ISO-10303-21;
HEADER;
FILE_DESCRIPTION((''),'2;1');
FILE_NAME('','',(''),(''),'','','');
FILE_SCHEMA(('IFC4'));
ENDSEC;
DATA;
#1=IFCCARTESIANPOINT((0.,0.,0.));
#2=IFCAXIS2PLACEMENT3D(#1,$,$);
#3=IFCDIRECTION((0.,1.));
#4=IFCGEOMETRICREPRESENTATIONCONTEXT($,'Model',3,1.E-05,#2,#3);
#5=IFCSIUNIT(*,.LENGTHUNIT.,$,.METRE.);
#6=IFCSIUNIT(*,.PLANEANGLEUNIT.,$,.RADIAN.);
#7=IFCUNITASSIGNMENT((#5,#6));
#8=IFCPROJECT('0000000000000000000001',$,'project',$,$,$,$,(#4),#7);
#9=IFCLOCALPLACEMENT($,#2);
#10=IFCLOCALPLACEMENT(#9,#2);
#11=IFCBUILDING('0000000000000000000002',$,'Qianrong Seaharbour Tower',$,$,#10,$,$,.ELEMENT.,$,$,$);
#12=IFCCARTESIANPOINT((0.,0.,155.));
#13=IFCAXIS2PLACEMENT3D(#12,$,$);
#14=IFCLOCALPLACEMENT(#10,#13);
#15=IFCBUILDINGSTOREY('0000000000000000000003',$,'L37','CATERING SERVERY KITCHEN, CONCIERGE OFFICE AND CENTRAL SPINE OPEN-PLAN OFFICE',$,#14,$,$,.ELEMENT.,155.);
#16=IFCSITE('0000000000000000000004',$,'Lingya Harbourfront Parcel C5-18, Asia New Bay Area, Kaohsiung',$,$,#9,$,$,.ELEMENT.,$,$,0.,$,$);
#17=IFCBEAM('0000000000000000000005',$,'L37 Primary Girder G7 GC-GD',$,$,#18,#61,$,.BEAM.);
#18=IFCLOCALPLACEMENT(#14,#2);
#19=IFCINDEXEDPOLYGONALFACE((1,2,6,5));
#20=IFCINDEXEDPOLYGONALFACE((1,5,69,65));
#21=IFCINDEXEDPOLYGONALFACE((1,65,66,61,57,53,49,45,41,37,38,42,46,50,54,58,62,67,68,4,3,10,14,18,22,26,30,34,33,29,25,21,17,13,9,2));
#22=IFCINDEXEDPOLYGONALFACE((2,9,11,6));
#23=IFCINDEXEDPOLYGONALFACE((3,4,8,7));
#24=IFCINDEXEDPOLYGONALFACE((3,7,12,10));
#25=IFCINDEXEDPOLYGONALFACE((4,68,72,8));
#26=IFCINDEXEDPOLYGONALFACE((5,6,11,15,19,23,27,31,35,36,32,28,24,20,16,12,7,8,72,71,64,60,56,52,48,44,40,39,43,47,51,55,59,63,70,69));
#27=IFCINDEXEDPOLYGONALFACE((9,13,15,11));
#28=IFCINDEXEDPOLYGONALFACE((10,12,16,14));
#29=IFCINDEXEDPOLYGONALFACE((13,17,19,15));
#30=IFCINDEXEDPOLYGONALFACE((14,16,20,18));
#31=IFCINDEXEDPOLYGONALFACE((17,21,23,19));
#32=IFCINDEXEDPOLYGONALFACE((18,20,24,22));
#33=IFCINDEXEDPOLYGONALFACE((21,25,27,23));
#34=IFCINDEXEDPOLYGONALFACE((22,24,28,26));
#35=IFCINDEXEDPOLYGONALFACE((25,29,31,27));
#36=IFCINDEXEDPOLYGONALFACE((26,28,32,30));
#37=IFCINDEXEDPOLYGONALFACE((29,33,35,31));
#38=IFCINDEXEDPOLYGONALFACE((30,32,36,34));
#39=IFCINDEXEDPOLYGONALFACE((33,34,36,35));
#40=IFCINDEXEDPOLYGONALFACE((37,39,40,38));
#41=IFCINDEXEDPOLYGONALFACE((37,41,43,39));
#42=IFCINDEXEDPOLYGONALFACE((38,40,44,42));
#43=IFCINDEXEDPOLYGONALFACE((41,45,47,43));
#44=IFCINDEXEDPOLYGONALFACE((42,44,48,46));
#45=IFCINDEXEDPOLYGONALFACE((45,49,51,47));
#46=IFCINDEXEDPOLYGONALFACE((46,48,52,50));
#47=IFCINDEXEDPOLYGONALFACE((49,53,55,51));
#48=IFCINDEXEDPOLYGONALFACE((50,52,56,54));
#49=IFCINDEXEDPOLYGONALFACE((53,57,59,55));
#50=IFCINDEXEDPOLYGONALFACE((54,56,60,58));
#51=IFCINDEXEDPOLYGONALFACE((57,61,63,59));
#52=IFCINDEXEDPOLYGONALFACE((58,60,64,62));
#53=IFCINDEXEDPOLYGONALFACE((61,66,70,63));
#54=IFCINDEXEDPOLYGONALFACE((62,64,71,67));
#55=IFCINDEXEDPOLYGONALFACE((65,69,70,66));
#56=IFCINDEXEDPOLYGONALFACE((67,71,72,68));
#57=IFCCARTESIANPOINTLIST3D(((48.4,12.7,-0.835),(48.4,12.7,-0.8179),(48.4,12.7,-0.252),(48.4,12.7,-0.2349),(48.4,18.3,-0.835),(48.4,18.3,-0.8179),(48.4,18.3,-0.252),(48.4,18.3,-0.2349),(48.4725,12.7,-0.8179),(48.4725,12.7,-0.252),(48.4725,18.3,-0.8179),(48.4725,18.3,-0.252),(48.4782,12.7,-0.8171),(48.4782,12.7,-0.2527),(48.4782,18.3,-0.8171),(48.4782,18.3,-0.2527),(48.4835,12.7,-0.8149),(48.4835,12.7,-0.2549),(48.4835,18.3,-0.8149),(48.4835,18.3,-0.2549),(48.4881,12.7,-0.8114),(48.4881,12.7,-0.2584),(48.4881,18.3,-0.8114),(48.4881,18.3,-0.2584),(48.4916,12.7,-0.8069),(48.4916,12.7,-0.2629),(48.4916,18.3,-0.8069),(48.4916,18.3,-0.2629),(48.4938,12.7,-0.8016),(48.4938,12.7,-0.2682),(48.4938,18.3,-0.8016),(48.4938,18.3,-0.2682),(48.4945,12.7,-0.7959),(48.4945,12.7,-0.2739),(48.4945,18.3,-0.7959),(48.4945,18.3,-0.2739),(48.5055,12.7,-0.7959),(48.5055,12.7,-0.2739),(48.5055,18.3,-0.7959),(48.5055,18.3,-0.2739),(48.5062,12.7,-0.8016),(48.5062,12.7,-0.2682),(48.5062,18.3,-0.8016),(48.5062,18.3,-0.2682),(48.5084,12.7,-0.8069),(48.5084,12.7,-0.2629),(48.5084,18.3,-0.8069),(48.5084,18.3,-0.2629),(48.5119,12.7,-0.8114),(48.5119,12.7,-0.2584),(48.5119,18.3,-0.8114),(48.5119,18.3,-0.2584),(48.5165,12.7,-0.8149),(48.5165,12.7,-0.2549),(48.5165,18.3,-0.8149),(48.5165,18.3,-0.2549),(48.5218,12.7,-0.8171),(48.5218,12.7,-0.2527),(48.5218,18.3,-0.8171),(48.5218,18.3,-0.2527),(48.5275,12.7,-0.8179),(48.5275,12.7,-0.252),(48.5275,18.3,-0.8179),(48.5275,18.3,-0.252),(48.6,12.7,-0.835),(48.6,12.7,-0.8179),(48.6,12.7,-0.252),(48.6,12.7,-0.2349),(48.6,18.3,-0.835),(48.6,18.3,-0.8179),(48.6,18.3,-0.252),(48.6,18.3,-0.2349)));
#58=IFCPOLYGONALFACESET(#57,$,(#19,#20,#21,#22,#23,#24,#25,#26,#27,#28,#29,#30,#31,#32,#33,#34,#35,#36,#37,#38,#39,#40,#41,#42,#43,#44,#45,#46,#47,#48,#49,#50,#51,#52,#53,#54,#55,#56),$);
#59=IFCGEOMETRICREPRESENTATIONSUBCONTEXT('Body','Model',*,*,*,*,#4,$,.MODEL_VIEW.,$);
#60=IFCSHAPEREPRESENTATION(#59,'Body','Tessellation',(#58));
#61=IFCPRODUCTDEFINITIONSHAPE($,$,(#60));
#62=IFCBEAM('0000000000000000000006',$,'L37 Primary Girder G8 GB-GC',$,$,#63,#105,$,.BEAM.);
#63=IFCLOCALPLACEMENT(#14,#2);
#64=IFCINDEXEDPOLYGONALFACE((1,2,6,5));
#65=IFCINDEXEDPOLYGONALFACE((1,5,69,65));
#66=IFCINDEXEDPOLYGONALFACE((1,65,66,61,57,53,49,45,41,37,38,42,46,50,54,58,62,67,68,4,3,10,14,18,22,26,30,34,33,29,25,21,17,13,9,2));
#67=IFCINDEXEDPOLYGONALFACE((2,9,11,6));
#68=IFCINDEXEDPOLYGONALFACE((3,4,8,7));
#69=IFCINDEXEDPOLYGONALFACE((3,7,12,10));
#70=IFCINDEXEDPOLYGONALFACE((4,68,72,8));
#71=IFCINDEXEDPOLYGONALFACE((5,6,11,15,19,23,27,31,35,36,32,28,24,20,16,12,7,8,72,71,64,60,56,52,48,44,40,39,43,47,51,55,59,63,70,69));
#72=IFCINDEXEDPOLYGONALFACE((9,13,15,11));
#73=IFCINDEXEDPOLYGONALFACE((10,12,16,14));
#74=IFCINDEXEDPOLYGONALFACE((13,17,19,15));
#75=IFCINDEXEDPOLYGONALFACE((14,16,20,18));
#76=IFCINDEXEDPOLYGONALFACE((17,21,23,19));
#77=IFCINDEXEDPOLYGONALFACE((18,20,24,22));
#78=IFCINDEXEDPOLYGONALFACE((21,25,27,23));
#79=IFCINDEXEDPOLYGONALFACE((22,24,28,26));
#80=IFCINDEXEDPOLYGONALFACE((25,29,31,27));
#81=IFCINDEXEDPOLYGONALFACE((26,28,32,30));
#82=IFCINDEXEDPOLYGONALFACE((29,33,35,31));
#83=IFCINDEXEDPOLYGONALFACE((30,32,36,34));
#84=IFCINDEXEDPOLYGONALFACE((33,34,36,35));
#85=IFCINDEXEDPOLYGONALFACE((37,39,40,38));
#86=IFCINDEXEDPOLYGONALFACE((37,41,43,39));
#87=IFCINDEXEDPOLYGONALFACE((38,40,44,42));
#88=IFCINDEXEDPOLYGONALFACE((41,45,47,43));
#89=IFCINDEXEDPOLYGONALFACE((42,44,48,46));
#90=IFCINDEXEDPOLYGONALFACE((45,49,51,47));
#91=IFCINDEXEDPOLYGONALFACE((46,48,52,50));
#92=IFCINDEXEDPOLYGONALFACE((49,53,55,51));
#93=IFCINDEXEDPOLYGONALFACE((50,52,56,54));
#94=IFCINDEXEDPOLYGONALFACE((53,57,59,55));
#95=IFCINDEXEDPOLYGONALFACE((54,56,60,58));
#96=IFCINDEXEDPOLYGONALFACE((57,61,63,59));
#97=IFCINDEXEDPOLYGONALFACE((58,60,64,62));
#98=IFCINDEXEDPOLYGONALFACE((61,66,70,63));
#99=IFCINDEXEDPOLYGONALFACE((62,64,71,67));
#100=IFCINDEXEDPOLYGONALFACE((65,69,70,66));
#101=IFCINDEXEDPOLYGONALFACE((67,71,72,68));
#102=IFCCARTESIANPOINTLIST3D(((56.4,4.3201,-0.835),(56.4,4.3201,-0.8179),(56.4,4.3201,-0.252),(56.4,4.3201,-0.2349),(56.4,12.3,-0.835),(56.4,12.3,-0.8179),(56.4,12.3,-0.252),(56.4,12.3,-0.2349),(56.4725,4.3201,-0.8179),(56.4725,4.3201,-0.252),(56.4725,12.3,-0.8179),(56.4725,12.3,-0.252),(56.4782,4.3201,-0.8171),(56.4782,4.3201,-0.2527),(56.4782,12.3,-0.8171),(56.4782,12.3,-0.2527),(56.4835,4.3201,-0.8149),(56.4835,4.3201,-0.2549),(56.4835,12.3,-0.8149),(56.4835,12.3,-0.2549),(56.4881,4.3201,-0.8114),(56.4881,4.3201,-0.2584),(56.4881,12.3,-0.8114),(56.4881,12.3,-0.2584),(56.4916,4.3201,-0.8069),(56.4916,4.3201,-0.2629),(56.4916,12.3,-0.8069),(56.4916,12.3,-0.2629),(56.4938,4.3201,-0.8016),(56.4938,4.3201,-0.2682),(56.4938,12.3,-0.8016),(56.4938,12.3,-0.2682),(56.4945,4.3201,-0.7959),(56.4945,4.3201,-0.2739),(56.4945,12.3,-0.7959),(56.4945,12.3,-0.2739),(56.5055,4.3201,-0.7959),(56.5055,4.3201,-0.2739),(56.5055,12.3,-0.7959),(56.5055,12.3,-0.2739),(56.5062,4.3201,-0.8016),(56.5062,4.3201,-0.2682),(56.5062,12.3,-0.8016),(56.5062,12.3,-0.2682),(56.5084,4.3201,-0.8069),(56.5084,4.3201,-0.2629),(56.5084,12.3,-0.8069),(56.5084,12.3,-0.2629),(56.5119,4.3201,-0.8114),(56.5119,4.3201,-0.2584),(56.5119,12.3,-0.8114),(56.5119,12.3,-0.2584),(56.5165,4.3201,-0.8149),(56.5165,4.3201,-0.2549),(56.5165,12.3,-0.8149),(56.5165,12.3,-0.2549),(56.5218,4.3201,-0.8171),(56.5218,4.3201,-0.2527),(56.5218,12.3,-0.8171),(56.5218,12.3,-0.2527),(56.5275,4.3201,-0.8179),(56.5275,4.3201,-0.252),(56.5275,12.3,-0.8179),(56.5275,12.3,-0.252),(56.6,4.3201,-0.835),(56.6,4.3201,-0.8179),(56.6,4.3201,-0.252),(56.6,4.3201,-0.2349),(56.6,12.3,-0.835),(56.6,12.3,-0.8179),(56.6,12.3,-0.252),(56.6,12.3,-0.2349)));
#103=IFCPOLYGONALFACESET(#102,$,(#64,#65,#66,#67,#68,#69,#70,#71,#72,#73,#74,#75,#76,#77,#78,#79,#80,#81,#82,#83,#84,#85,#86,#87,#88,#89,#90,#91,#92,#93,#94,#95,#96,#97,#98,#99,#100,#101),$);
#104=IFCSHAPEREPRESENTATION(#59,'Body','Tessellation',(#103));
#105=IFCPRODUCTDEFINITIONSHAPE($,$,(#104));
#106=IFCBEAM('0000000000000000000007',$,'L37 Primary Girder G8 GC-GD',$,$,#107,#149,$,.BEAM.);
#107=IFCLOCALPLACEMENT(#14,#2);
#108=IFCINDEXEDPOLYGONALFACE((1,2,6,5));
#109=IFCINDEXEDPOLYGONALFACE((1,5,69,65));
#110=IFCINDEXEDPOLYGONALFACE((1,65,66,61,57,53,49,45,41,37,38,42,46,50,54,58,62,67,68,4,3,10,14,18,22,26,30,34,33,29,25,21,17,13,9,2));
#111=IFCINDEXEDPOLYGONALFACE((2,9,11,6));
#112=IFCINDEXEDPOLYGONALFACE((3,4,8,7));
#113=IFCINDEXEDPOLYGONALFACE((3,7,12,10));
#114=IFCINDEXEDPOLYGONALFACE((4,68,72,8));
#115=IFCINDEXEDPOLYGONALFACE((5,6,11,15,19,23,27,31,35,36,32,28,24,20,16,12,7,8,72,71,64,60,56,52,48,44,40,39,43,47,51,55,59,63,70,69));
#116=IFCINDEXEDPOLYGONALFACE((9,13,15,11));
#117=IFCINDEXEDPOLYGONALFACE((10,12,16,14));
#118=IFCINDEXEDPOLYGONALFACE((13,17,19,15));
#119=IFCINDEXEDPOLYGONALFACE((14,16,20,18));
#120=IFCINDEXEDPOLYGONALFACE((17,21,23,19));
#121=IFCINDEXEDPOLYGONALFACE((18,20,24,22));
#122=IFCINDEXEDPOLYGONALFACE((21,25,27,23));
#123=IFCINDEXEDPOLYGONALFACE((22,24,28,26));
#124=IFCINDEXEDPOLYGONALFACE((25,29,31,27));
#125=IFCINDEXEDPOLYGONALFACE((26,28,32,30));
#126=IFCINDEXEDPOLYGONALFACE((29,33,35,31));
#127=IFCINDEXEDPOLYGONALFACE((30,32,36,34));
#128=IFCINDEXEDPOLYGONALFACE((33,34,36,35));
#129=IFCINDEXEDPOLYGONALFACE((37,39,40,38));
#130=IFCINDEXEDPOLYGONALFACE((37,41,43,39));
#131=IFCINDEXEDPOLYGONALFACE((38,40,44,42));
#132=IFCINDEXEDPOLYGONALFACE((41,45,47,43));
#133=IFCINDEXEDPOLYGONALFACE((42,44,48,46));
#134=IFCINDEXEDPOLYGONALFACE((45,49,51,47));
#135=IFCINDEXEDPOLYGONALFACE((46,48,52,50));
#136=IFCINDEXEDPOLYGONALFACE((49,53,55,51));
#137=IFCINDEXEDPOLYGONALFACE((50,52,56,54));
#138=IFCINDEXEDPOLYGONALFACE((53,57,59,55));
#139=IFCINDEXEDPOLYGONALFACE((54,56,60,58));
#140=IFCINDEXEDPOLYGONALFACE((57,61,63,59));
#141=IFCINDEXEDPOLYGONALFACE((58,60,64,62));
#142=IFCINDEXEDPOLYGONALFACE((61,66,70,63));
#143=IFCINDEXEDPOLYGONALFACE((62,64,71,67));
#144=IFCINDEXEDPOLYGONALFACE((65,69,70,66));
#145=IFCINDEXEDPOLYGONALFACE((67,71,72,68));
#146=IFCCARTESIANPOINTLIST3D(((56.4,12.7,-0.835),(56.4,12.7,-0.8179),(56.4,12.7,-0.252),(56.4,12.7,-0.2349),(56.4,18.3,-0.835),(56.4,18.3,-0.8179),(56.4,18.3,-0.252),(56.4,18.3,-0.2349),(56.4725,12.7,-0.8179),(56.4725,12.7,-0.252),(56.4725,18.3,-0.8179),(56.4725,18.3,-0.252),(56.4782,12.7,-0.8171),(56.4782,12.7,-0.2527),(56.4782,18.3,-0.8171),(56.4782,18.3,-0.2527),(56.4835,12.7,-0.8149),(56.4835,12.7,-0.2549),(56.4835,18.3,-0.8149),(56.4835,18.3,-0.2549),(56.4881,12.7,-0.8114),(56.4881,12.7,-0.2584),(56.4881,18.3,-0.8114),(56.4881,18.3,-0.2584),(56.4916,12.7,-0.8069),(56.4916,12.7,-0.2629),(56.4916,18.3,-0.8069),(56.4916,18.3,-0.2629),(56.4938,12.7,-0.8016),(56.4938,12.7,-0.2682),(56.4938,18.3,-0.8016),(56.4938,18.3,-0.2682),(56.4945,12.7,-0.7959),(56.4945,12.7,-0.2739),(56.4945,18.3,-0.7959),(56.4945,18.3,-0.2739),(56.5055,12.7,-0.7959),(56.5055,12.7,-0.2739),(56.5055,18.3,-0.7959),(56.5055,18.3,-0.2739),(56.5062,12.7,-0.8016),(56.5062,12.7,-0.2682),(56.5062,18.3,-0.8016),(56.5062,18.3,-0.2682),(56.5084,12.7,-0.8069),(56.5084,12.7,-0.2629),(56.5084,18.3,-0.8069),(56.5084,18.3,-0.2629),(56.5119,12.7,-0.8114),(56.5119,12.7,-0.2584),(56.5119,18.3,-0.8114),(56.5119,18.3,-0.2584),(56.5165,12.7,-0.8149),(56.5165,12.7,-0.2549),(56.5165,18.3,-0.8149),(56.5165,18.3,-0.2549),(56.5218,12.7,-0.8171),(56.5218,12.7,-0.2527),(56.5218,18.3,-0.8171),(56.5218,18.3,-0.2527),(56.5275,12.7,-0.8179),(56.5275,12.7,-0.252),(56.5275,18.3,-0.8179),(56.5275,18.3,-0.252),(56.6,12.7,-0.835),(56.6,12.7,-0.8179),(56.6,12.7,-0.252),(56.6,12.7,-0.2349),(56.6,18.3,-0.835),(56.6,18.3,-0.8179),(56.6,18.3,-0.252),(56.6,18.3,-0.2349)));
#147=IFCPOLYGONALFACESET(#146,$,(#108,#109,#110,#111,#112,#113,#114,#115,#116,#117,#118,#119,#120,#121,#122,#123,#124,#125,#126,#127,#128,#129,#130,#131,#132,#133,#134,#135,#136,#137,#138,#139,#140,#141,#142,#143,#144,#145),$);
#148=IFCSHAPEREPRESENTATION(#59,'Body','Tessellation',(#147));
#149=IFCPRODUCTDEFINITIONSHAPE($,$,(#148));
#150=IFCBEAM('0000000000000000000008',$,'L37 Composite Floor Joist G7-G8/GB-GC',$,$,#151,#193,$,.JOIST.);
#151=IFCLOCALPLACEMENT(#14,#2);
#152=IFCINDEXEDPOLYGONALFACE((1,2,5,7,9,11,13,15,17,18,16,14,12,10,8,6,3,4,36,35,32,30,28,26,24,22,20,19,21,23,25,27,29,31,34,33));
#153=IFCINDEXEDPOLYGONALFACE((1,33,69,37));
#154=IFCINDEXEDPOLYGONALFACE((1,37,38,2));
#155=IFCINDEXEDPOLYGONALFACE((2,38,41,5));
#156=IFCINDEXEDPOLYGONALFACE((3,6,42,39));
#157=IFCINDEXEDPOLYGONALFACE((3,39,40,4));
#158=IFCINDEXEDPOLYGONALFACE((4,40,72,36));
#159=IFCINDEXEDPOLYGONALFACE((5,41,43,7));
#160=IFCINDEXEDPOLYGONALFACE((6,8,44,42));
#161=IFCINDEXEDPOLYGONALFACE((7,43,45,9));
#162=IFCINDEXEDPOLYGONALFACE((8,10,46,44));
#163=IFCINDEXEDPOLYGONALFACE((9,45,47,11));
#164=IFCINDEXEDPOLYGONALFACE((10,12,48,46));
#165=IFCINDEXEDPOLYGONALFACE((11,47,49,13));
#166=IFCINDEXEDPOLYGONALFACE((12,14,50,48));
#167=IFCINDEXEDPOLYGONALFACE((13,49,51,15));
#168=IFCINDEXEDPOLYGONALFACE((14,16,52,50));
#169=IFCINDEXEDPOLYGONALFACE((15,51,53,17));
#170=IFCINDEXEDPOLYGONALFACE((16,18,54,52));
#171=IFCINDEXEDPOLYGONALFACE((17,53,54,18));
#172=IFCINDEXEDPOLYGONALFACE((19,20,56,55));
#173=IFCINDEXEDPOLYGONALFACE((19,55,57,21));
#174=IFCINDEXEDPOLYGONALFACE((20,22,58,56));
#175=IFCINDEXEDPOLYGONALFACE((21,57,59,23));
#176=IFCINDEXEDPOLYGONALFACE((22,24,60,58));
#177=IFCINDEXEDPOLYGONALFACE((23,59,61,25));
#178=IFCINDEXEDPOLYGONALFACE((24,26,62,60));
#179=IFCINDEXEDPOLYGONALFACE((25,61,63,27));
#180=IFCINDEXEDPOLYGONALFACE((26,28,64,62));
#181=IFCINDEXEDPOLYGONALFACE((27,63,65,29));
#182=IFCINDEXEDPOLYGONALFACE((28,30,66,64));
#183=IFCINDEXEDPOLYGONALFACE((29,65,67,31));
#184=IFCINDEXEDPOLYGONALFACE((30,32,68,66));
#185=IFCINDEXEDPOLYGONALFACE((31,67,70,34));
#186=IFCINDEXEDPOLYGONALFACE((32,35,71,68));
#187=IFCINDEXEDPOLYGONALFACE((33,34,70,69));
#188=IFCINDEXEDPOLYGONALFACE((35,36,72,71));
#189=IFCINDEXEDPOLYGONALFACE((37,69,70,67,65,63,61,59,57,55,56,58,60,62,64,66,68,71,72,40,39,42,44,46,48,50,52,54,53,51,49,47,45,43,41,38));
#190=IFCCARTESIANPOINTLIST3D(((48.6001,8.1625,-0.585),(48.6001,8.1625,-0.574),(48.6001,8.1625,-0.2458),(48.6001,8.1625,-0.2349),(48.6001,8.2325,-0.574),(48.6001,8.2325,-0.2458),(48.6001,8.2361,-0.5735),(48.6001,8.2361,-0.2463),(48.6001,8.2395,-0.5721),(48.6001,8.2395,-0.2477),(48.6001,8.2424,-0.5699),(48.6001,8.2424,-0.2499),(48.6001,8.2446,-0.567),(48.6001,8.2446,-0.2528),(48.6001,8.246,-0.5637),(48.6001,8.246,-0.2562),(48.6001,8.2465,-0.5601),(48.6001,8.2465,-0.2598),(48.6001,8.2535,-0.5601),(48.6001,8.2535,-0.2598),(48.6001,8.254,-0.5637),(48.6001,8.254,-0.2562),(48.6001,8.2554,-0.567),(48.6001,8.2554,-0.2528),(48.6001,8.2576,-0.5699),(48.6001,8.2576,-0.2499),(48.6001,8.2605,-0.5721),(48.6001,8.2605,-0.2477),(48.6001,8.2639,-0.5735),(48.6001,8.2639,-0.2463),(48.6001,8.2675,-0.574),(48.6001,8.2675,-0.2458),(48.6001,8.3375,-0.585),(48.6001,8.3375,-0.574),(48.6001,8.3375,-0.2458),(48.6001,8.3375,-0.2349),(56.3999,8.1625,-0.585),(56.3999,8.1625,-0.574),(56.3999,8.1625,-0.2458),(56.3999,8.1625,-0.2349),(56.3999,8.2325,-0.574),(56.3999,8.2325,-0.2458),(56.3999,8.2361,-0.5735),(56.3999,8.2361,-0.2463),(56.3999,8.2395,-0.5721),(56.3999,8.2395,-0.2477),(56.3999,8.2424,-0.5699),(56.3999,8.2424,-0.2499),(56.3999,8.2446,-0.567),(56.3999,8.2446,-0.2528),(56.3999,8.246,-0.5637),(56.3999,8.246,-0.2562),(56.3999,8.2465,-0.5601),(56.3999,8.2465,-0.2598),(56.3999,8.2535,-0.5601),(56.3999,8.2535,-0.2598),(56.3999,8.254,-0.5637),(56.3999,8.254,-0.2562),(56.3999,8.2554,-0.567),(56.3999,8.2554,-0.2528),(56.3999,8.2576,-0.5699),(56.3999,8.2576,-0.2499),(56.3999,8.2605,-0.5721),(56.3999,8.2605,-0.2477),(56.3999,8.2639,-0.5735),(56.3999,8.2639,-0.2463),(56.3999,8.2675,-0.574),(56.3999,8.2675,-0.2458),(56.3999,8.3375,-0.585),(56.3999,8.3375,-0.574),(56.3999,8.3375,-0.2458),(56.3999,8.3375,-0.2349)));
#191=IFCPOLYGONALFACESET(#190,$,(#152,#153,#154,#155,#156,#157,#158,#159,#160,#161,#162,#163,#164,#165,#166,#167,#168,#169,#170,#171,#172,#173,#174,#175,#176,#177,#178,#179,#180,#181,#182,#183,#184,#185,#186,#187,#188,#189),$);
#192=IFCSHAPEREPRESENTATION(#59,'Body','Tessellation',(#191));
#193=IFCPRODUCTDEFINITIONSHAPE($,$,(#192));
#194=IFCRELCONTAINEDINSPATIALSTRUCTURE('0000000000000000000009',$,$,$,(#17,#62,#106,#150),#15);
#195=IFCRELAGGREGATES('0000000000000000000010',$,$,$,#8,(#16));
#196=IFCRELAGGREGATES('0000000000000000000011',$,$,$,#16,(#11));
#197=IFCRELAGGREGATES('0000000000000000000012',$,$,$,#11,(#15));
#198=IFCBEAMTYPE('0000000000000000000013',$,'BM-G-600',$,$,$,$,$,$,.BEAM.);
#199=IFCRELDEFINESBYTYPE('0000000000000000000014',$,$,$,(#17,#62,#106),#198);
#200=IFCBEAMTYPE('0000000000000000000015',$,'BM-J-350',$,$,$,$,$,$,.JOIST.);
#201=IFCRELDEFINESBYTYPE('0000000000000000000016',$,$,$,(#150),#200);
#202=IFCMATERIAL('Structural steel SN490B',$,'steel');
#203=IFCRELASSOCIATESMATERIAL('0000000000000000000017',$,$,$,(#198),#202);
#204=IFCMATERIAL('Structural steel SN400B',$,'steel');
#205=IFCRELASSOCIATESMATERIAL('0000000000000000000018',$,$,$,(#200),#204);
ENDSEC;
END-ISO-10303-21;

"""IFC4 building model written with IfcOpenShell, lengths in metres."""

from ifc_helpers import new_model, si_unit, direction, frame, origin, origin_2d, place, context, subcontext, project, spatial, i_section, extrude, material, material_profile, profile_set, type_object, element, save


model = new_model("IFC4")

# Units and contexts
model_context = context("Model", 3, precision=1e-05, world=origin(), true_north=direction((0.0, 1.0)))
body_context = subcontext(model_context, "Body", "Model", "MODEL_VIEW")
ifc_project = project(units=[si_unit("LENGTHUNIT", "METRE"), si_unit("PLANEANGLEUNIT", "RADIAN")], contexts=[model_context])

# Site, building, storey
site_placement = place(None, origin())
site = spatial("IfcSite", under=ifc_project, at=site_placement, Name="Lingya Harbourfront Parcel C5-18, Asia New Bay Area, Kaohsiung", CompositionType="ELEMENT", RefElevation=0.0)
building_placement = place(site_placement, origin())
building = spatial("IfcBuilding", under=site, at=building_placement, Name="Qianrong Seaharbour Tower", CompositionType="ELEMENT")
storey_placement = place(building_placement, frame((0.0, 0.0, 155.0)))
storey = spatial("IfcBuildingStorey", under=building, at=storey_placement, Name="L37", Description="CATERING SERVERY KITCHEN, CONCIERGE OFFICE AND CENTRAL SPINE OPEN-PLAN OFFICE", CompositionType="ELEMENT", Elevation=155.0)

# Shared definitions
ifc_material_1 = material(Name="Structural steel SN490B", Category="steel")

# Beams
ifc_material_profile_1 = material_profile(ifc_material_1, i_section(OverallWidth=0.2, OverallDepth=0.6001, WebThickness=0.011, FlangeThickness=0.0171, FilletRadius=0.022, at=origin_2d()), Name="H600x200x11x17")
ifc_profile_set_1 = profile_set([ifc_material_profile_1], Name="Structural steel SN490B")
beam_type_1 = type_object("IfcBeamType", Name="BM-G-600", PredefinedType="BEAM", material=ifc_profile_set_1)
beam_1_placement = place(storey_placement, frame((48.5, 12.7, -0.5349), z_axis=(0.0, 1.0, 0.0), x_axis=(-1.0, 0.0, 0.0)))
element("IfcBeam", 1, at=beam_1_placement, inside=storey, type_object=beam_type_1, Name="L37 Primary Girder G7 GC-GD", PredefinedType="BEAM", context=body_context, shape_type="SweptSolid", body=[
    extrude(i_section(OverallWidth=0.2, OverallDepth=0.6001, WebThickness=0.011, FlangeThickness=0.0171, FilletRadius=0.022, at=origin_2d()), origin(), (0.0, 0.0, 1.0), 5.6001),
])
beam_2_placement = place(storey_placement, frame((56.5, 4.3201, -0.5349), z_axis=(0.0, 1.0, 0.0), x_axis=(-1.0, 0.0, 0.0)))
element("IfcBeam", 2, at=beam_2_placement, inside=storey, type_object=beam_type_1, Name="L37 Primary Girder G8 GB-GC", PredefinedType="BEAM", context=body_context, shape_type="SweptSolid", body=[
    extrude(i_section(OverallWidth=0.2, OverallDepth=0.6001, WebThickness=0.011, FlangeThickness=0.0171, FilletRadius=0.022, at=origin_2d()), origin(), (0.0, 0.0, 1.0), 7.98),
])
beam_3_placement = place(storey_placement, frame((56.5, 12.7, -0.5349), z_axis=(0.0, 1.0, 0.0), x_axis=(-1.0, 0.0, 0.0)))
element("IfcBeam", 3, at=beam_3_placement, inside=storey, type_object=beam_type_1, Name="L37 Primary Girder G8 GC-GD", PredefinedType="BEAM", context=body_context, shape_type="SweptSolid", body=[
    extrude(i_section(OverallWidth=0.2, OverallDepth=0.6001, WebThickness=0.011, FlangeThickness=0.0171, FilletRadius=0.022, at=origin_2d()), origin(), (0.0, 0.0, 1.0), 5.6001),
])
ifc_material_2 = material(Name="Structural steel SN400B", Category="steel")
ifc_material_profile_2 = material_profile(ifc_material_2, i_section(OverallWidth=0.175, OverallDepth=0.3501, WebThickness=0.0071, FlangeThickness=0.011, FilletRadius=0.0139, at=origin_2d()), Name="H350x175x7x11")
ifc_profile_set_2 = profile_set([ifc_material_profile_2], Name="Structural steel SN400B")
beam_type_2 = type_object("IfcBeamType", Name="BM-J-350", PredefinedType="JOIST", material=ifc_profile_set_2)
for number, where, z_axis, x_axis, name in (
    (4, (48.6001, 8.25, -0.4099), (1.0, 0.0, 0.0), (0.0, 1.0, 0.0), "L37 Composite Floor Joist G7-G8/GB-GC"),
):
    element("IfcBeam", number, at=place(storey_placement, frame(where, z_axis=z_axis, x_axis=x_axis)), inside=storey, type_object=beam_type_2, Name=name, PredefinedType="JOIST", context=body_context, shape_type="SweptSolid", body=[
        extrude(i_section(OverallWidth=0.175, OverallDepth=0.3501, WebThickness=0.0071, FlangeThickness=0.011, FilletRadius=0.0139, at=origin_2d()), origin(), (0.0, 0.0, 1.0), 7.7998),
    ])

save(model, "model.ifc")
